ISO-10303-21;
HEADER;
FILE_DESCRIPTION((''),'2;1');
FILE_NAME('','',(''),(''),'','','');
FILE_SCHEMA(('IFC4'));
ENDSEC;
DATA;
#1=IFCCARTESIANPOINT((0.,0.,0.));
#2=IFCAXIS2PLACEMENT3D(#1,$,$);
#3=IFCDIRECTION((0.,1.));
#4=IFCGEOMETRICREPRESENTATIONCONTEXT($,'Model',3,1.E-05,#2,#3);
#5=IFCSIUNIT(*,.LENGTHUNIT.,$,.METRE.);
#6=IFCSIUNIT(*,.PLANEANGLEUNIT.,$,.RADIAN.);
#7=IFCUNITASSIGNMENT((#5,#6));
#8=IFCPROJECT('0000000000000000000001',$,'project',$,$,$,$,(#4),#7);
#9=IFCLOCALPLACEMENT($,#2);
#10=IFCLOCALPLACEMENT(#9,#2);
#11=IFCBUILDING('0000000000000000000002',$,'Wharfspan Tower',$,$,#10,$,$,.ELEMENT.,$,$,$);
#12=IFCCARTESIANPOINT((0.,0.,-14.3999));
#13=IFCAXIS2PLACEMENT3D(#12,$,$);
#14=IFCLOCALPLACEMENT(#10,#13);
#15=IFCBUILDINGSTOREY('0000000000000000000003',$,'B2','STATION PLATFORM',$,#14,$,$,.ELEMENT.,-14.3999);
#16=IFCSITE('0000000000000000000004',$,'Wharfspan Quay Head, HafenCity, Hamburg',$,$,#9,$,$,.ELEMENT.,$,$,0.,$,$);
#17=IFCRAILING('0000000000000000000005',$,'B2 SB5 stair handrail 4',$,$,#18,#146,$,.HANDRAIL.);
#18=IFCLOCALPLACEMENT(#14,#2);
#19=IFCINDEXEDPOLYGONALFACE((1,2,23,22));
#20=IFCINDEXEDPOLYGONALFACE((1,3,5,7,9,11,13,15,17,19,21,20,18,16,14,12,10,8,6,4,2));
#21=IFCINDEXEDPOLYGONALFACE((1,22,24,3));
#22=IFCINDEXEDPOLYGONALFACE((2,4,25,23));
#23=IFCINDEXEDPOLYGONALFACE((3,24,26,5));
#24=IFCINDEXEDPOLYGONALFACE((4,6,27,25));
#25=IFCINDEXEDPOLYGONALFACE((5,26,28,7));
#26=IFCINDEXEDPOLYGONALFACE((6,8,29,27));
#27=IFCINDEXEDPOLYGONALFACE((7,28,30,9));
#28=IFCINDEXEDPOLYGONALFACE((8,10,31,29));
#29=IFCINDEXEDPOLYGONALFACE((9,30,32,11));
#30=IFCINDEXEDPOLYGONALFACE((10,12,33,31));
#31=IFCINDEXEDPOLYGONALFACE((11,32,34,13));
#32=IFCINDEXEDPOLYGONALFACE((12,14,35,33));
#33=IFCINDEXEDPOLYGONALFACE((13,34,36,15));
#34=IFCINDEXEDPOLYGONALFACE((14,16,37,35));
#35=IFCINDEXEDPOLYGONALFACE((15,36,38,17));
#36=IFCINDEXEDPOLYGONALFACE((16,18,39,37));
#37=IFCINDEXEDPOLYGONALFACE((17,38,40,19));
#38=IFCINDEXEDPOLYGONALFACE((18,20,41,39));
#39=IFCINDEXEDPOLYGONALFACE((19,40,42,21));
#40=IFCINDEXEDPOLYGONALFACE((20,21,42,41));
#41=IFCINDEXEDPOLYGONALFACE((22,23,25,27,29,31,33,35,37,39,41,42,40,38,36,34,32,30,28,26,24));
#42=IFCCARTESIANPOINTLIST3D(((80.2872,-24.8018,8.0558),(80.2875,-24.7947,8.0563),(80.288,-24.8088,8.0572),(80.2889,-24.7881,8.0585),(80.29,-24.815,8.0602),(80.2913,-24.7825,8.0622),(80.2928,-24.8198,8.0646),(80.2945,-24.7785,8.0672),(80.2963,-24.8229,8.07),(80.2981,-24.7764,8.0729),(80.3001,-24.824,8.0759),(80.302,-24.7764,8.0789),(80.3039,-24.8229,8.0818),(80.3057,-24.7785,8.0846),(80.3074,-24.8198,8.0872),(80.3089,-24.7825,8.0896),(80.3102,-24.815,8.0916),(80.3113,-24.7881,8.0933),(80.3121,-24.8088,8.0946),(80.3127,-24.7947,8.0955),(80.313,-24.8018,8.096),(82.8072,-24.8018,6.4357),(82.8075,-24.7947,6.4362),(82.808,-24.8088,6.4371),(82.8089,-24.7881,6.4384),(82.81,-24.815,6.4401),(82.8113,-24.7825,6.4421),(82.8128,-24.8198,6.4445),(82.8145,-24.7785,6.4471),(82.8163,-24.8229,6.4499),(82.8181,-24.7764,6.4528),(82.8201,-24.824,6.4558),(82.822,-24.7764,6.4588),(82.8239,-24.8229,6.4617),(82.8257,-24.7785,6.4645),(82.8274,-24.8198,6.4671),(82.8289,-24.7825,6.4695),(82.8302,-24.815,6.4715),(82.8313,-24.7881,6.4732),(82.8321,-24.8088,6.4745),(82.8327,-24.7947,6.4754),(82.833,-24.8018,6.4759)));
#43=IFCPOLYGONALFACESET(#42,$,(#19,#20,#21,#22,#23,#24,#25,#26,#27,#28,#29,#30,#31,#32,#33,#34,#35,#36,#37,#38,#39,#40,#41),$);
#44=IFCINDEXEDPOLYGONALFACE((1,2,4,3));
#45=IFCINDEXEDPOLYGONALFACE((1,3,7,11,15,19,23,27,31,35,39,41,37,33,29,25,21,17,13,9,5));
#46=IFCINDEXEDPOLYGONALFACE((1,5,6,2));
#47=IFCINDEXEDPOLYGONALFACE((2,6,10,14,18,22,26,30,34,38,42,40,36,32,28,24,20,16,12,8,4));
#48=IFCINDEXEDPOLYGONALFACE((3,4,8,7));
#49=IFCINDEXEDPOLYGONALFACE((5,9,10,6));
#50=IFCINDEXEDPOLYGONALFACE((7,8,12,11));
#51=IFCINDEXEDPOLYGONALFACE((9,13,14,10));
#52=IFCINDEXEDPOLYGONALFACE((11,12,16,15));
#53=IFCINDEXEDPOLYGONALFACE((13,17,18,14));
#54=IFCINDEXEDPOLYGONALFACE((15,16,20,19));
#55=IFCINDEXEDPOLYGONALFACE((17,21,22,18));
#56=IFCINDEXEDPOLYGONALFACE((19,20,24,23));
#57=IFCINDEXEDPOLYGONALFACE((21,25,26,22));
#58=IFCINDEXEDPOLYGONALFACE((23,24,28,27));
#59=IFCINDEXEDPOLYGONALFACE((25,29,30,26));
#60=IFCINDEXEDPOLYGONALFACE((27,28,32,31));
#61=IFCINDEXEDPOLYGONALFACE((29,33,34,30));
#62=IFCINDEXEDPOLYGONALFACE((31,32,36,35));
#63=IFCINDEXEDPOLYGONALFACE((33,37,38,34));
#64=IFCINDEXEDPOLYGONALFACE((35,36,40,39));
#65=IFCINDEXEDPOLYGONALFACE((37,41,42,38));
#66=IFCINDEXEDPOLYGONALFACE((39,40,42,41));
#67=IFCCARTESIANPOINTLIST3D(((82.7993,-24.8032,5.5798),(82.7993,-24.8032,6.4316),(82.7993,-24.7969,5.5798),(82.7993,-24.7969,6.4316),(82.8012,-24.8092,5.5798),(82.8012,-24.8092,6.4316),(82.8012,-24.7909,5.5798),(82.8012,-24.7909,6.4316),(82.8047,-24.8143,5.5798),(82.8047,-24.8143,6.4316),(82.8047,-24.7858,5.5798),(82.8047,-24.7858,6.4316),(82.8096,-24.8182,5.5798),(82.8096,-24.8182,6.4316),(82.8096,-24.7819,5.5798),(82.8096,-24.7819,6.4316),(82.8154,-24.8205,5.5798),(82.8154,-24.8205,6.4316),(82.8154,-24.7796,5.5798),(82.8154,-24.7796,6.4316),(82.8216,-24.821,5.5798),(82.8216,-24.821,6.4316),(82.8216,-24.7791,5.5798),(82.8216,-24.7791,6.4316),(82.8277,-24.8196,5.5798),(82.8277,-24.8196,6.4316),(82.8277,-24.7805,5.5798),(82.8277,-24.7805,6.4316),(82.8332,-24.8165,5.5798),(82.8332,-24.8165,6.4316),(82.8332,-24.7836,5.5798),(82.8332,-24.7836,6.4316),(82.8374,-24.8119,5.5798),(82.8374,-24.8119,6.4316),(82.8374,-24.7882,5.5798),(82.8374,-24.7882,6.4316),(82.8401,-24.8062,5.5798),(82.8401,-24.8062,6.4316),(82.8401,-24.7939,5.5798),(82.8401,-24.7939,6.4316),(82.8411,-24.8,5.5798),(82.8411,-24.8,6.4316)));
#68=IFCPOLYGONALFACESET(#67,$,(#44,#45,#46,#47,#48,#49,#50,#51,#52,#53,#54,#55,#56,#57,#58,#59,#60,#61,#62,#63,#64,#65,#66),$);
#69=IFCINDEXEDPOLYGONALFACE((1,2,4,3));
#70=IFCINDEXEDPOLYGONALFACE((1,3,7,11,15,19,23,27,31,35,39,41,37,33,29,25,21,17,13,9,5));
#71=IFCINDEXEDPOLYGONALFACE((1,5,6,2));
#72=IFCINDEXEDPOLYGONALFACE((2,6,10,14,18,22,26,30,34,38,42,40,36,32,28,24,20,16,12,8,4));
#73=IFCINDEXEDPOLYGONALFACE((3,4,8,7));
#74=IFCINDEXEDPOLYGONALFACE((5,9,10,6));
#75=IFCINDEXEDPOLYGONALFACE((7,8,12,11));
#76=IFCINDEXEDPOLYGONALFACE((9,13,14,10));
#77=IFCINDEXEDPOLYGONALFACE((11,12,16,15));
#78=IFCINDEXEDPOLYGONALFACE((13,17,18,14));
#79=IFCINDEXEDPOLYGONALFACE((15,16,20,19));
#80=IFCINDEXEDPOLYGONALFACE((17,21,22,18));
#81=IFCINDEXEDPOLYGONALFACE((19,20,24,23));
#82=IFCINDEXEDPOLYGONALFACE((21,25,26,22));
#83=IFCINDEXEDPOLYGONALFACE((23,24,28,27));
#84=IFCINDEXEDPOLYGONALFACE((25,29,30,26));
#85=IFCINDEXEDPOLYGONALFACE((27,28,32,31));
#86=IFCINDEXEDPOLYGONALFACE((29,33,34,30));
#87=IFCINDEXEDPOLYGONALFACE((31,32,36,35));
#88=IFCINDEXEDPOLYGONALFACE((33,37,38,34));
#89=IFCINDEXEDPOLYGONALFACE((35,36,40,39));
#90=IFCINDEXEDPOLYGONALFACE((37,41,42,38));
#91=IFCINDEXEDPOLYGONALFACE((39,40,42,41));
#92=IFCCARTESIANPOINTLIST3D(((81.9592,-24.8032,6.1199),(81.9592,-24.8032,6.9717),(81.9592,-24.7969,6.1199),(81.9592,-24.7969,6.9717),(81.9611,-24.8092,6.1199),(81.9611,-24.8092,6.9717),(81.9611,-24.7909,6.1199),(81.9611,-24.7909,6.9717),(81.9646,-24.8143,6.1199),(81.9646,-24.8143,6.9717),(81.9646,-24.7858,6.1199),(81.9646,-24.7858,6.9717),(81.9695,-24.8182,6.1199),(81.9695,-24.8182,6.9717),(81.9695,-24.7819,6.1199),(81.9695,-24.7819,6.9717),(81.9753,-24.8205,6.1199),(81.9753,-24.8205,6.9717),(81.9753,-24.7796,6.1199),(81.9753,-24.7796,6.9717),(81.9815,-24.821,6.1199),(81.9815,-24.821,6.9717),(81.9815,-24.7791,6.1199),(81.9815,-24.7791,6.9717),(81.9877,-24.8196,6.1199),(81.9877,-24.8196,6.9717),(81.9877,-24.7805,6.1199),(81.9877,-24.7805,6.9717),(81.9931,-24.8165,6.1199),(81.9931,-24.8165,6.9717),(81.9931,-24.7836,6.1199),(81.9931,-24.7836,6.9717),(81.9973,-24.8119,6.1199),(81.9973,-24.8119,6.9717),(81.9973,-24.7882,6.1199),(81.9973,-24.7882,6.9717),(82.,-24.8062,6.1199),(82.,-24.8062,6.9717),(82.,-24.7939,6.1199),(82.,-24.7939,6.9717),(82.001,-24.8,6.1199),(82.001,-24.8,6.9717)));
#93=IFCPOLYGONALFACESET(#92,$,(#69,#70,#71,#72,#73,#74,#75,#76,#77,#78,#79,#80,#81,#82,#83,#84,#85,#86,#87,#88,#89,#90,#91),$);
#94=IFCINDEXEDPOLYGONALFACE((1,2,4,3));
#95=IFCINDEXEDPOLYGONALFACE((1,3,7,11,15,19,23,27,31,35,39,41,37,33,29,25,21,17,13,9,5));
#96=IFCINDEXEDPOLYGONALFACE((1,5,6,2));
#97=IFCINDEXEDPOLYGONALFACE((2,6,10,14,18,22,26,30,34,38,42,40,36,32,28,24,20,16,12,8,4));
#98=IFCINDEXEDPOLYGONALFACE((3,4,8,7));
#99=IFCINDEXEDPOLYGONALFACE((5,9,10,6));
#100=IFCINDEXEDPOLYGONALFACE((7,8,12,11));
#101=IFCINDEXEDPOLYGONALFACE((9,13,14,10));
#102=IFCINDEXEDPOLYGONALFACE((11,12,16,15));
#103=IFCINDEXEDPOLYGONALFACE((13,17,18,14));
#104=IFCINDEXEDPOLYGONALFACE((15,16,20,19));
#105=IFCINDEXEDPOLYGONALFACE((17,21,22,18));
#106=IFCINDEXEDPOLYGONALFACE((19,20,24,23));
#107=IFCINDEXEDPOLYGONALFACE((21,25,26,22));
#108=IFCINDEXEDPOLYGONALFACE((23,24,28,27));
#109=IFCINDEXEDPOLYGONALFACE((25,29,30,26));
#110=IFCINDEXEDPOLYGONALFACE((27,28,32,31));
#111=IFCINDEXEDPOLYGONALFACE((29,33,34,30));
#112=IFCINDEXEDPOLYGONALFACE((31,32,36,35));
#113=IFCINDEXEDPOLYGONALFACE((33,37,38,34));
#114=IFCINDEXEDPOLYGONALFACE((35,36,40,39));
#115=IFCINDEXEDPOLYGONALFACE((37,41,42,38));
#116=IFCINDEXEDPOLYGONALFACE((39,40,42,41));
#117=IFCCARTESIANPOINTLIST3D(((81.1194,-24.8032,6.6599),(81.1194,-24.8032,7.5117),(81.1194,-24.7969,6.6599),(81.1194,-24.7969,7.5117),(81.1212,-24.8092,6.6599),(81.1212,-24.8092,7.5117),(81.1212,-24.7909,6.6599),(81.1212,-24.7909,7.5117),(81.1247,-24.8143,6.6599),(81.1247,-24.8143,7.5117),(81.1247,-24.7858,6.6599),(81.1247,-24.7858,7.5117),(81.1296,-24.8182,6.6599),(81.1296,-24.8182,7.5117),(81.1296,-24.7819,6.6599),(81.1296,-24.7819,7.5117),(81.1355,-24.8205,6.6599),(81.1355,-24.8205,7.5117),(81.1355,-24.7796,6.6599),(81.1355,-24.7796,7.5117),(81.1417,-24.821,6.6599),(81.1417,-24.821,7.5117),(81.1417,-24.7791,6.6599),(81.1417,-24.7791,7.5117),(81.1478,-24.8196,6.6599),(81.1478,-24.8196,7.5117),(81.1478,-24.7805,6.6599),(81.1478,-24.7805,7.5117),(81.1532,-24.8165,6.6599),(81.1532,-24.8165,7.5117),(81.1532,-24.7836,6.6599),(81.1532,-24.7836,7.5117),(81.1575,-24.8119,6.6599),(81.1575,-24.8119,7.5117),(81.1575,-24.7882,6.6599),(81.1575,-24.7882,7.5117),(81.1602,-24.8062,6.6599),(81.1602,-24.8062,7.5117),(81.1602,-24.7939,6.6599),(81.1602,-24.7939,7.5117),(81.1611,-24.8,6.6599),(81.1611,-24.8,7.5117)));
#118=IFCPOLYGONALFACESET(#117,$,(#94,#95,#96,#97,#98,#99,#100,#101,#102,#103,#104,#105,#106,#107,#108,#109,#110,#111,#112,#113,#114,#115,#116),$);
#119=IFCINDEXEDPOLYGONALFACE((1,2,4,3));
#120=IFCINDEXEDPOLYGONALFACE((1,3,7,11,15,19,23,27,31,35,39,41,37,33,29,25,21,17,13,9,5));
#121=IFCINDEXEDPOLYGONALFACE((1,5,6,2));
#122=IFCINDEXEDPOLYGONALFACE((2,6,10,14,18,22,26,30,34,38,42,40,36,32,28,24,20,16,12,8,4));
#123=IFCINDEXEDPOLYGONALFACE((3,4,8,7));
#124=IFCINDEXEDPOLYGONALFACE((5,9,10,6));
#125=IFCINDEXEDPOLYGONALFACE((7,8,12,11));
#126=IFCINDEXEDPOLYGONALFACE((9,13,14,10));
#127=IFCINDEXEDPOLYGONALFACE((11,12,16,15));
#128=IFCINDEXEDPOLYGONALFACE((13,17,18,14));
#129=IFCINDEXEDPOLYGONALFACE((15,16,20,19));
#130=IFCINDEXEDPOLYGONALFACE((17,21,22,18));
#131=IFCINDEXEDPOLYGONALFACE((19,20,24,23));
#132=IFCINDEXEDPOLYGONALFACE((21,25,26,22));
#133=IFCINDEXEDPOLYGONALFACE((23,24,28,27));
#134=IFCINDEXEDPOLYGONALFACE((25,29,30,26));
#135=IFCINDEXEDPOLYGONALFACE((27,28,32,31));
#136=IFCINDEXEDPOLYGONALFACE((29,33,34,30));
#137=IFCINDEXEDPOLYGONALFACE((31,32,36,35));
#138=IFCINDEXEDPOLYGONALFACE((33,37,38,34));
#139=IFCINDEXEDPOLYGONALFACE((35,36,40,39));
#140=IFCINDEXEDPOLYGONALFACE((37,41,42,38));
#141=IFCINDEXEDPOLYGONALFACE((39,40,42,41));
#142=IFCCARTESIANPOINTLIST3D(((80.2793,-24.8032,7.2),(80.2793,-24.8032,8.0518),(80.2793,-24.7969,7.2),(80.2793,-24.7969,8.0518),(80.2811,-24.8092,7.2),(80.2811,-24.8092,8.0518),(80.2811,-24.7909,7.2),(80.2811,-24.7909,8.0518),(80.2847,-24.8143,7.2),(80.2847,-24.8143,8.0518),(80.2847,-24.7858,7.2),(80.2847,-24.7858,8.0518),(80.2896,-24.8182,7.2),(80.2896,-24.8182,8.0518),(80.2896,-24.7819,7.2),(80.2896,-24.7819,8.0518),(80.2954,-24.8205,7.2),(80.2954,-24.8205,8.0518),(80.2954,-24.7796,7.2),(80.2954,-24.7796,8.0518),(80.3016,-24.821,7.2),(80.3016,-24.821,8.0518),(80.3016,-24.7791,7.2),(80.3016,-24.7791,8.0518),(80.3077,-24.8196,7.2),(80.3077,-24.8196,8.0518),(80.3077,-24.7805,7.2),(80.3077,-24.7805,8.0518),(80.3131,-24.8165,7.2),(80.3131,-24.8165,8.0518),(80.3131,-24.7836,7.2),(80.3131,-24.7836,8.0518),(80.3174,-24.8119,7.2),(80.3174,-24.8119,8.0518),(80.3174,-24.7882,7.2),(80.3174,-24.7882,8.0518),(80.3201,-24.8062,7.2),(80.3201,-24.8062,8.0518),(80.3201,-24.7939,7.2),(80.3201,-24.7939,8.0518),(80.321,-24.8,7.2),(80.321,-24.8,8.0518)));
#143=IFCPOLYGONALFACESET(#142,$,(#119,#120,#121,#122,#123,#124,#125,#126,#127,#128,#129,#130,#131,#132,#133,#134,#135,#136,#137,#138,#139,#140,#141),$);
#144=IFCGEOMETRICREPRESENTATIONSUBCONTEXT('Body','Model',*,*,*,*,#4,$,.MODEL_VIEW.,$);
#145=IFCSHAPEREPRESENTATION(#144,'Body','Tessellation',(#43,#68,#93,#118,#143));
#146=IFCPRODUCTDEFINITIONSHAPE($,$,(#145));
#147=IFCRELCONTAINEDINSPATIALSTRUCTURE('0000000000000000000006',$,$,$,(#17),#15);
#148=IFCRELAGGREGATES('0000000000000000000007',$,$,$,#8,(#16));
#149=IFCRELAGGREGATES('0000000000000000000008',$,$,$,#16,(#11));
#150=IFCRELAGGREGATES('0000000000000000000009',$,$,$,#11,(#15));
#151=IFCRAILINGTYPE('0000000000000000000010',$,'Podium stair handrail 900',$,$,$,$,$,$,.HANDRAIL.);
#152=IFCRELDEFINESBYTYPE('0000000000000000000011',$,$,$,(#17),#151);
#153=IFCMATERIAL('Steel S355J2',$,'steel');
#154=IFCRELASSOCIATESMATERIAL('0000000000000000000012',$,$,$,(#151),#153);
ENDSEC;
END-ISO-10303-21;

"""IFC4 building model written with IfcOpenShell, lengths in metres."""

from ifc_helpers import new_model, si_unit, direction, frame, origin, origin_2d, place, context, subcontext, project, spatial, circle, extrude, material, type_object, element, save


model = new_model("IFC4")

# Units and contexts
model_context = context("Model", 3, precision=1e-05, world=origin(), true_north=direction((0.0, 1.0)))
body_context = subcontext(model_context, "Body", "Model", "MODEL_VIEW")
ifc_project = project(units=[si_unit("LENGTHUNIT", "METRE"), si_unit("PLANEANGLEUNIT", "RADIAN")], contexts=[model_context])

# Site, building, storey
site_placement = place(None, origin())
site = spatial("IfcSite", under=ifc_project, at=site_placement, Name="Wharfspan Quay Head, HafenCity, Hamburg", CompositionType="ELEMENT", RefElevation=0.0)
building_placement = place(site_placement, origin())
building = spatial("IfcBuilding", under=site, at=building_placement, Name="Wharfspan Tower", CompositionType="ELEMENT")
storey_placement = place(building_placement, frame((0.0, 0.0, -14.3999)))
storey = spatial("IfcBuildingStorey", under=building, at=storey_placement, Name="B2", Description="STATION PLATFORM", CompositionType="ELEMENT", Elevation=-14.3999)

# Railing
ifc_material_1 = material(Name="Steel S355J2", Category="steel")
railing_type_1 = type_object("IfcRailingType", Name="Podium stair handrail 900", PredefinedType="HANDRAIL", material=ifc_material_1)
railing_1_placement = place(storey_placement, frame((82.8201, -24.8, 5.5798)))
element("IfcRailing", 1, at=railing_1_placement, inside=storey, type_object=railing_type_1, Name="B2 SB5 stair handrail 4", PredefinedType="HANDRAIL", context=body_context, shape_type="SweptSolid", body=[
    extrude(circle(Radius=0.0239, at=origin_2d()), frame((0.0, 0.0, 0.876), z_axis=(-0.841163, 0.0, 0.540782), x_axis=(0.0, -1.0, 0.0)), (0.0, 0.0, 1.0), 2.9958),
    extrude(circle(Radius=0.021, at=origin_2d()), origin(), (0.0, 0.0, 1.0), 0.8518),
    extrude(circle(Radius=0.021, at=origin_2d()), frame((-0.8401, 0.0, 0.54)), (0.0, 0.0, 1.0), 0.8518),
    extrude(circle(Radius=0.021, at=origin_2d()), frame((-1.6799, 0.0, 1.0801)), (0.0, 0.0, 1.0), 0.8518),
    extrude(circle(Radius=0.021, at=origin_2d()), frame((-2.52, 0.0, 1.6201)), (0.0, 0.0, 1.0), 0.8518),
])

save(model, "model.ifc")
